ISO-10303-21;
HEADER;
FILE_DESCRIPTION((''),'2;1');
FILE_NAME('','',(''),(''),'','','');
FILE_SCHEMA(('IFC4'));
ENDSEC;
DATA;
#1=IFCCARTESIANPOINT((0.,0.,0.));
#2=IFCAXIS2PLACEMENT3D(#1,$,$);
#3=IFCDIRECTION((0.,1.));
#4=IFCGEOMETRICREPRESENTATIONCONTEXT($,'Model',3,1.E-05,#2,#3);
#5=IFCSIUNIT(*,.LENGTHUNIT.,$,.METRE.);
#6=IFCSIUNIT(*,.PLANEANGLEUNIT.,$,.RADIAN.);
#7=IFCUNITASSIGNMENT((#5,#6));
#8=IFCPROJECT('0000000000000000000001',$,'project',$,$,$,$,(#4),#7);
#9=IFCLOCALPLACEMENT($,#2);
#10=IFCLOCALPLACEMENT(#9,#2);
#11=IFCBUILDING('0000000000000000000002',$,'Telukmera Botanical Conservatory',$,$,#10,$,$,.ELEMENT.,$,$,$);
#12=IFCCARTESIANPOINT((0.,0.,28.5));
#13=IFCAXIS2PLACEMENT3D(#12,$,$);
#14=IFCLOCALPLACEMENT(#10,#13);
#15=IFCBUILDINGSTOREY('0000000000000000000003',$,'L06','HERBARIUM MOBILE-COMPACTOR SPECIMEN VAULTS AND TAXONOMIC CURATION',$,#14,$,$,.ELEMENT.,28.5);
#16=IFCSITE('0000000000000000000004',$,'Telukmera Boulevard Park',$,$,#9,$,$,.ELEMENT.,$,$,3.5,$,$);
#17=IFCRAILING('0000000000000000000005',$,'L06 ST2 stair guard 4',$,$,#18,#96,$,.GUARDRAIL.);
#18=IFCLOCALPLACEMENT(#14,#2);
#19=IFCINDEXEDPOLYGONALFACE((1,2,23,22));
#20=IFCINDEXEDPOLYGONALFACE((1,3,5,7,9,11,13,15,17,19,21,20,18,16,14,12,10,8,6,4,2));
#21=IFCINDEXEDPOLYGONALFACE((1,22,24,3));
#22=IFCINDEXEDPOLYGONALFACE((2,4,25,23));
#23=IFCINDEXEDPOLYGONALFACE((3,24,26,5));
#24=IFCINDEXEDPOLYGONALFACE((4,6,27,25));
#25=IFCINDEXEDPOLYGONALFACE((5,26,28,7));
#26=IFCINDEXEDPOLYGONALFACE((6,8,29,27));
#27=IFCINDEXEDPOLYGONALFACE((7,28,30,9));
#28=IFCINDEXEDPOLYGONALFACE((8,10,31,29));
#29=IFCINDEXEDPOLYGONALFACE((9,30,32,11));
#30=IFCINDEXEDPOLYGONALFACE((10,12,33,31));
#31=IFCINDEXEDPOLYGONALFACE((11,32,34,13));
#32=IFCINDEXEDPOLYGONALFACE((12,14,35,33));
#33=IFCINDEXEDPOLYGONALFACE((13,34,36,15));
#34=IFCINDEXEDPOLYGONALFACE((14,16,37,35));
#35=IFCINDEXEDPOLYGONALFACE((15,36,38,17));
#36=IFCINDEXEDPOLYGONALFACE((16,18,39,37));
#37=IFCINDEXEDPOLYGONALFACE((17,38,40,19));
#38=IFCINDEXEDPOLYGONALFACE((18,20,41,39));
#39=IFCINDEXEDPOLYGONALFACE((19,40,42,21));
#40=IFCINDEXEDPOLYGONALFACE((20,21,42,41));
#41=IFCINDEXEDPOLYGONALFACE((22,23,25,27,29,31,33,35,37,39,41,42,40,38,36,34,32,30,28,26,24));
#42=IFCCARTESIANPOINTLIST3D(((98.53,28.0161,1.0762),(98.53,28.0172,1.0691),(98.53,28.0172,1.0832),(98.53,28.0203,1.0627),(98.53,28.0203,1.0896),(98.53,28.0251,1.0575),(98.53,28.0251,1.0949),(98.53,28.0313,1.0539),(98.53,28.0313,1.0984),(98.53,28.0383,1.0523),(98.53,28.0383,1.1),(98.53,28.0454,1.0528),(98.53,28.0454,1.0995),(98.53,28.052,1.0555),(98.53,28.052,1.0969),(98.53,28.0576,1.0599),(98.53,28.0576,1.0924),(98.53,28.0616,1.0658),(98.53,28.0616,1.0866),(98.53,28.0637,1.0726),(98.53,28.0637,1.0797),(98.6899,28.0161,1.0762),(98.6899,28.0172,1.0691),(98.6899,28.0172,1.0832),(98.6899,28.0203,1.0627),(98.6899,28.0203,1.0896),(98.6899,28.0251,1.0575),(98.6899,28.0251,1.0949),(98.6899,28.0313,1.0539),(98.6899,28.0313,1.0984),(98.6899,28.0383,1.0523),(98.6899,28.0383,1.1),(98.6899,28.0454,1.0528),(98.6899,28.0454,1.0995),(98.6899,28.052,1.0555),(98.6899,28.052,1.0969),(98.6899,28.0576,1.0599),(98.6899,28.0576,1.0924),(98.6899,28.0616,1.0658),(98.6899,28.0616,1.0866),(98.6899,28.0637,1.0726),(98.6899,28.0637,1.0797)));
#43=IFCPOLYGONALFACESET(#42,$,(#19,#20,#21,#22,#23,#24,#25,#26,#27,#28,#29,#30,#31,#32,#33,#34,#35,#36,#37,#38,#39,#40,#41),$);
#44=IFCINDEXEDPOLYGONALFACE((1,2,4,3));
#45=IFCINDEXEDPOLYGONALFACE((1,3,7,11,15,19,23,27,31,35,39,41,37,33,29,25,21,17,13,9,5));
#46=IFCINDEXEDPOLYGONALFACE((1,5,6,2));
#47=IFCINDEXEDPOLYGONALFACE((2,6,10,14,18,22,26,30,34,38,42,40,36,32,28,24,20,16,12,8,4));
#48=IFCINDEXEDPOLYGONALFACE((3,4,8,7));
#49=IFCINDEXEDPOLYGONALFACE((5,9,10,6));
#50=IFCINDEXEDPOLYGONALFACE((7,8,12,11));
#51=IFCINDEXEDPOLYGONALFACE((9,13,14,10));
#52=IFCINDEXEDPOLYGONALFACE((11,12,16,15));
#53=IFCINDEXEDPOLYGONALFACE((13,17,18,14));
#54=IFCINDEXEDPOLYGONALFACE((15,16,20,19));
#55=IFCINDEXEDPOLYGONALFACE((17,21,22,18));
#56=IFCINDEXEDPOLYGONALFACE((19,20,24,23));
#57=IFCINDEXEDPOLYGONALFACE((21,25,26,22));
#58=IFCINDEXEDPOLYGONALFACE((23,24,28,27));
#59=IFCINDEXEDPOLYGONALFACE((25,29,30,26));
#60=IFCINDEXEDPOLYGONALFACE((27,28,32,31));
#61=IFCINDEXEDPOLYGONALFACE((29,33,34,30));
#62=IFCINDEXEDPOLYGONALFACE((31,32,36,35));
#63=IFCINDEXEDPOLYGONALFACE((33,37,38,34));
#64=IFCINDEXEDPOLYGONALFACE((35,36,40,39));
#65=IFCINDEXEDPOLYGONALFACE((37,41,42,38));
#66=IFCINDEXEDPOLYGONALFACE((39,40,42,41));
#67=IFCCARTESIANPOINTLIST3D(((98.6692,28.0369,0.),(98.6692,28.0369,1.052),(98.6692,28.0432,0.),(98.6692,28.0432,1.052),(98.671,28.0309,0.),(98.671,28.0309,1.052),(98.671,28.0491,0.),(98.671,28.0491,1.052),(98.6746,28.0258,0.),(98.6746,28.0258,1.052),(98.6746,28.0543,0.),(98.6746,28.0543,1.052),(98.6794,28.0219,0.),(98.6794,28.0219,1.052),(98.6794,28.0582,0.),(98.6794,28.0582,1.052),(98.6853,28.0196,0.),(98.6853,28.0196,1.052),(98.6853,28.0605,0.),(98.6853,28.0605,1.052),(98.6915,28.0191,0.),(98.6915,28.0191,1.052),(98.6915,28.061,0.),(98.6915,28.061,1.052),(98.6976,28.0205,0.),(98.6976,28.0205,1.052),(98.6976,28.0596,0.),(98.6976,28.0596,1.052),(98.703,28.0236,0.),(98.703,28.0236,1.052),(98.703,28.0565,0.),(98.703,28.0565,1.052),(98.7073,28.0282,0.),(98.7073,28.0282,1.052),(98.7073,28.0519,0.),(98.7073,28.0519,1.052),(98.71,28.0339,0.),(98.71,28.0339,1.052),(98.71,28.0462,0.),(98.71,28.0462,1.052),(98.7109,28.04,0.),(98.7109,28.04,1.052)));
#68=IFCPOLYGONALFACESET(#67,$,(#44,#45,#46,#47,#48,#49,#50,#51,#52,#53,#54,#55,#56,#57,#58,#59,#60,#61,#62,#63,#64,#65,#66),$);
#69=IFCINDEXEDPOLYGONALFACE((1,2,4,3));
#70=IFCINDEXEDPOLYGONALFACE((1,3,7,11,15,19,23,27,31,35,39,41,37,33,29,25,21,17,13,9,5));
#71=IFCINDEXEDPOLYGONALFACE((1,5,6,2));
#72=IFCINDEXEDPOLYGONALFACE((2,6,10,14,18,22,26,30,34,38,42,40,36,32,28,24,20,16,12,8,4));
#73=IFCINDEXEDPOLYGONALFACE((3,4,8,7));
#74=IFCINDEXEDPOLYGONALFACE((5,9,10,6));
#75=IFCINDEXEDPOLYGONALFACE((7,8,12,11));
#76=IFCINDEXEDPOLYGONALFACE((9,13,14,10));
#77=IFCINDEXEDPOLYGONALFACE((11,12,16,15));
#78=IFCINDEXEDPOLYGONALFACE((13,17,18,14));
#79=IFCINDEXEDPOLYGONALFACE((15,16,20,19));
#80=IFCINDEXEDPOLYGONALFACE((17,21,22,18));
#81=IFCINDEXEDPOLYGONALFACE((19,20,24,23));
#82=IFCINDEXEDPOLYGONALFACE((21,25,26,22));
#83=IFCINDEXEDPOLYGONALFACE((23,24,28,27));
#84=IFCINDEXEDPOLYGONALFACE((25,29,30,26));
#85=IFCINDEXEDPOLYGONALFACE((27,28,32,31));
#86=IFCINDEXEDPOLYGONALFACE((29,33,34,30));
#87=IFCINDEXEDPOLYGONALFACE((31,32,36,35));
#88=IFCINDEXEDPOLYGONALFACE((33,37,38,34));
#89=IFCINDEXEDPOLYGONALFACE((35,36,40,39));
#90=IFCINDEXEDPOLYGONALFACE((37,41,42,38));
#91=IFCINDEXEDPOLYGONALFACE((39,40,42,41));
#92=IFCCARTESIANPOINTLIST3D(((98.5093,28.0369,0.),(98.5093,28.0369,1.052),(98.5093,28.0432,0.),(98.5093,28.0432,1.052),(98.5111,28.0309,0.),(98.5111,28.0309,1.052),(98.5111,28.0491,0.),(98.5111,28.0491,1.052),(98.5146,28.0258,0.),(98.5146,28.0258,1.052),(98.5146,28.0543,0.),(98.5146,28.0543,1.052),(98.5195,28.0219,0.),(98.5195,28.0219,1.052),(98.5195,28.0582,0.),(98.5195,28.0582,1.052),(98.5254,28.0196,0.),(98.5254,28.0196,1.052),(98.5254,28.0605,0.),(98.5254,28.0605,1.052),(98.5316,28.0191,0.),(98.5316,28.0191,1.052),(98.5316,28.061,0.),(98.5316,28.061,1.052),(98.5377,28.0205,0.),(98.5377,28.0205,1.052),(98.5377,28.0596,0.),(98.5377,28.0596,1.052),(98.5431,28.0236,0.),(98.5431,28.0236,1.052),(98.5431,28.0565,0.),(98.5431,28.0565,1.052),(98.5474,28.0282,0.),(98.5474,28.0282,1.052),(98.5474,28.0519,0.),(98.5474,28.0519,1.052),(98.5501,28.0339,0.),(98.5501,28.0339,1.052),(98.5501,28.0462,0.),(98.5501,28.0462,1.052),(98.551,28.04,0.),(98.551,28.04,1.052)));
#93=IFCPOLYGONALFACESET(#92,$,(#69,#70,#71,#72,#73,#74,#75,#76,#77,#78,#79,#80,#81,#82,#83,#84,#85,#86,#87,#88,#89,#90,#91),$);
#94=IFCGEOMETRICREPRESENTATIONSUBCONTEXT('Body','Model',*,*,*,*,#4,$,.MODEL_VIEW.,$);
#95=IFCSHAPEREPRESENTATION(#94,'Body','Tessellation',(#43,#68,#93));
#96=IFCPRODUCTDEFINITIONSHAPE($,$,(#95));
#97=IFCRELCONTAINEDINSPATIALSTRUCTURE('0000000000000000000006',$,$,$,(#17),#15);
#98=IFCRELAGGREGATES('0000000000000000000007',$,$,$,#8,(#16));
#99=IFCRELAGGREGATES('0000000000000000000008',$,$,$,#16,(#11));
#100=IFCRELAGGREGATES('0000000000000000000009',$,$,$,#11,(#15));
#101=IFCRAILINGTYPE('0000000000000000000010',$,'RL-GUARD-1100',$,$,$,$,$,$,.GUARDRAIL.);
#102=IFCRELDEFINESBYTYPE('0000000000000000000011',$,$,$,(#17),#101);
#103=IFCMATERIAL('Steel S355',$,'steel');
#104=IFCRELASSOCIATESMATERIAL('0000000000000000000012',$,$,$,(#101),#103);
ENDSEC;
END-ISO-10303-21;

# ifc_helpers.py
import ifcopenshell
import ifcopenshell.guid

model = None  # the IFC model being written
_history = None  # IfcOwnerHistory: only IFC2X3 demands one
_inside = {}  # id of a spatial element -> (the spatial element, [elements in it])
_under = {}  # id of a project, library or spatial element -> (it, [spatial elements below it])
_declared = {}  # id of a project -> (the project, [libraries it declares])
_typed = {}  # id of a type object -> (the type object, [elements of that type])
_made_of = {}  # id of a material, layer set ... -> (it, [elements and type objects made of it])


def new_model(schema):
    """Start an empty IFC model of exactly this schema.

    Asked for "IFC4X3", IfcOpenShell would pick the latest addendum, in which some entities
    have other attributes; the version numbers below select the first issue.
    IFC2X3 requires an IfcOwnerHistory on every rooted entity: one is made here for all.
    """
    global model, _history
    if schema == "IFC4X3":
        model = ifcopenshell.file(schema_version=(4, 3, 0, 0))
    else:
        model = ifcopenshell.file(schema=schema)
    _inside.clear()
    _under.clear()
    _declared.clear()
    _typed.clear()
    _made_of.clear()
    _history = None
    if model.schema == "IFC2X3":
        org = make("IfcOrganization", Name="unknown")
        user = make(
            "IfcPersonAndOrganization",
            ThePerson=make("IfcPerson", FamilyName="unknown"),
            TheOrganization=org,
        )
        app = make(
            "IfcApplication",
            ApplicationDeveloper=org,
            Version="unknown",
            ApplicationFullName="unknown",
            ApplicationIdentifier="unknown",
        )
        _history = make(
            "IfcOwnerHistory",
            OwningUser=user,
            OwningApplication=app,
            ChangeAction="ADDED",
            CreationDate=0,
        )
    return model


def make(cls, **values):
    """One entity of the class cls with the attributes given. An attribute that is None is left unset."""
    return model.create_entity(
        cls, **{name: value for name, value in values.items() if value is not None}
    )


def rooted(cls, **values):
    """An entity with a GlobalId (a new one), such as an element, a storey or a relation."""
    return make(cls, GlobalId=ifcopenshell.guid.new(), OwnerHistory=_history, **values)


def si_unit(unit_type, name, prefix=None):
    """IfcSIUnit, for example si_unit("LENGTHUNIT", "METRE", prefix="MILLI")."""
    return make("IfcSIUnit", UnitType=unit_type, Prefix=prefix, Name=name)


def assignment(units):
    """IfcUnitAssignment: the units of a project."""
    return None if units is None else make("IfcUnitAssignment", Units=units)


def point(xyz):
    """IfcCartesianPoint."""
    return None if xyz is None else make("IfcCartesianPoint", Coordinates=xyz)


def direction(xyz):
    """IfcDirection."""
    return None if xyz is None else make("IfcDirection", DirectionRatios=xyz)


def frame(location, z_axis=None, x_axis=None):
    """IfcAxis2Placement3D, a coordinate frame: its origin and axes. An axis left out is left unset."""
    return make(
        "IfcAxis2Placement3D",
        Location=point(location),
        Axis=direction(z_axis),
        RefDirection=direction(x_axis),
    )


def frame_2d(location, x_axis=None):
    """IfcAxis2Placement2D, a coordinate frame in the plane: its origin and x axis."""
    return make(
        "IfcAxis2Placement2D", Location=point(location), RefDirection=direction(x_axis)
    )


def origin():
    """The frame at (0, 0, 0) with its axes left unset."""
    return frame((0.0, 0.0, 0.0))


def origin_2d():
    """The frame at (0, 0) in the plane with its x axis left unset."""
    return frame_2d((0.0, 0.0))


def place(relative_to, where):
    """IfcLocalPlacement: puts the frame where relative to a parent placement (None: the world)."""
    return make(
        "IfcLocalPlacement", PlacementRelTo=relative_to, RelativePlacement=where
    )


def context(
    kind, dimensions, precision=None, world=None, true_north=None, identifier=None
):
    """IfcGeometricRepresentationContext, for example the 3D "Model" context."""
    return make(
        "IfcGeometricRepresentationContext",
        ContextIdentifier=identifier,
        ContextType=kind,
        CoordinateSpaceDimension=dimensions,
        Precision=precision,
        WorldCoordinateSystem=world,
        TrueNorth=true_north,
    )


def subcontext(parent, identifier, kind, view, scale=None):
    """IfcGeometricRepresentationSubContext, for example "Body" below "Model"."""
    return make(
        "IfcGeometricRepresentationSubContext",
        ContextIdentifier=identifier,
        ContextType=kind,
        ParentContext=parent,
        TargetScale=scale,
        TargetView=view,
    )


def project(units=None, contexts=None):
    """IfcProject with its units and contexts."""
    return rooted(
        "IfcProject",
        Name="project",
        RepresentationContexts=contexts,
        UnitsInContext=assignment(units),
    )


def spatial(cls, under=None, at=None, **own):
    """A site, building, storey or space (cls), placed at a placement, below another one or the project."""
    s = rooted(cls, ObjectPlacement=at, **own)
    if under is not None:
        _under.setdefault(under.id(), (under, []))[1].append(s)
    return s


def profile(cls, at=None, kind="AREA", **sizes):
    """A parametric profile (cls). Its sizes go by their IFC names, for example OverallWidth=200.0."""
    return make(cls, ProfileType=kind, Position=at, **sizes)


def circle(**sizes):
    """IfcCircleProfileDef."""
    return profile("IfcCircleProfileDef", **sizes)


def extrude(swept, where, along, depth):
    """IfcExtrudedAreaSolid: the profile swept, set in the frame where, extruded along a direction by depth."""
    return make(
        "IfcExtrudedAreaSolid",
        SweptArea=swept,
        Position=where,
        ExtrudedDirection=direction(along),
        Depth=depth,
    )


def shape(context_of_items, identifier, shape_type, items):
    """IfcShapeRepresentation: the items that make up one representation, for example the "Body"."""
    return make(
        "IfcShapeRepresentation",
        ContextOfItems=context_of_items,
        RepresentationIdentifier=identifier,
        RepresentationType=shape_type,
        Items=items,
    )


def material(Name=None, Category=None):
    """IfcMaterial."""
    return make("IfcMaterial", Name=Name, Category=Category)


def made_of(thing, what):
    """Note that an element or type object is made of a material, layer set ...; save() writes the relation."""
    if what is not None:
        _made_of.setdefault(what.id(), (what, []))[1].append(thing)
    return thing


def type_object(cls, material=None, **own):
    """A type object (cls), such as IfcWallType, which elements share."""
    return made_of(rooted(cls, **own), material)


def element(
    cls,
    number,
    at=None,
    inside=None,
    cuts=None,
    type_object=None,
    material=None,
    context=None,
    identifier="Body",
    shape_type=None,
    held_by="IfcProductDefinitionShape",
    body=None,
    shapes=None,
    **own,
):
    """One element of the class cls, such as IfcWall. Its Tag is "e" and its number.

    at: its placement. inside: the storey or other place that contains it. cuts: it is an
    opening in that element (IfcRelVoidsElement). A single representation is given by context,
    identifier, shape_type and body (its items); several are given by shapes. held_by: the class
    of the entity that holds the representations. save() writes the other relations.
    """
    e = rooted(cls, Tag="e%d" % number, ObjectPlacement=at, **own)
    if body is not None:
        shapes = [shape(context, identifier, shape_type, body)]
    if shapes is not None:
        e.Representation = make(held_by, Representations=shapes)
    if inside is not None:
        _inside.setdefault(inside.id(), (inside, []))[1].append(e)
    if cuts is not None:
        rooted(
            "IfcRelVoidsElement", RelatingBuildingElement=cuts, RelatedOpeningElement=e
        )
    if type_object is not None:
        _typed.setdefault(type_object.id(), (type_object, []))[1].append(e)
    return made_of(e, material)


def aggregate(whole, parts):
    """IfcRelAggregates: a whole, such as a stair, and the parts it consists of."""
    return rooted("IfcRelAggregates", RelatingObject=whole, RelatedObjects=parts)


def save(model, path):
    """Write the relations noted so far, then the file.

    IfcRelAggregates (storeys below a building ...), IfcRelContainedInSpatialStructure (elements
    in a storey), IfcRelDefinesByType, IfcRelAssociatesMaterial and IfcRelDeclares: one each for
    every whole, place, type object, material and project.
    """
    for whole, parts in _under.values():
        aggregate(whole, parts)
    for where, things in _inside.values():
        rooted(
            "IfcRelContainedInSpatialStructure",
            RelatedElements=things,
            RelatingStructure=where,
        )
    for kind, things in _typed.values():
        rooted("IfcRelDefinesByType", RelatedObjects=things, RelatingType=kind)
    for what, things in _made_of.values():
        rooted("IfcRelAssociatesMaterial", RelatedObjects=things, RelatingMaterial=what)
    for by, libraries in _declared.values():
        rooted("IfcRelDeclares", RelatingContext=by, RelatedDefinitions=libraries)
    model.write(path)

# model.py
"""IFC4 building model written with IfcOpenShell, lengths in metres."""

from ifc_helpers import new_model, si_unit, direction, frame, origin, origin_2d, place, context, subcontext, project, spatial, circle, extrude, material, type_object, element, save


model = new_model("IFC4")

# Units and contexts
model_context = context("Model", 3, precision=1e-05, world=origin(), true_north=direction((0.0, 1.0)))
body_context = subcontext(model_context, "Body", "Model", "MODEL_VIEW")
ifc_project = project(units=[si_unit("LENGTHUNIT", "METRE"), si_unit("PLANEANGLEUNIT", "RADIAN")], contexts=[model_context])

# Site, building, storey
site_placement = place(None, origin())
site = spatial("IfcSite", under=ifc_project, at=site_placement, Name="Telukmera Boulevard Park", CompositionType="ELEMENT", RefElevation=3.5)
building_placement = place(site_placement, origin())
building = spatial("IfcBuilding", under=site, at=building_placement, Name="Telukmera Botanical Conservatory", CompositionType="ELEMENT")
storey_placement = place(building_placement, frame((0.0, 0.0, 28.5)))
storey = spatial("IfcBuildingStorey", under=building, at=storey_placement, Name="L06", Description="HERBARIUM MOBILE-COMPACTOR SPECIMEN VAULTS AND TAXONOMIC CURATION", CompositionType="ELEMENT", Elevation=28.5)

# Railing
ifc_material_1 = material(Name="Steel S355", Category="steel")
railing_type_1 = type_object("IfcRailingType", Name="RL-GUARD-1100", PredefinedType="GUARDRAIL", material=ifc_material_1)
railing_1_placement = place(storey_placement, frame((98.6899, 28.04, 0.0)))
element("IfcRailing", 1, at=railing_1_placement, inside=storey, type_object=railing_type_1, Name="L06 ST2 stair guard 4", PredefinedType="GUARDRAIL", context=body_context, shape_type="SweptSolid", body=[
    extrude(circle(Radius=0.0239, at=origin_2d()), frame((0.0, 0.0, 1.0762), z_axis=(-1.0, 0.0, 0.0), x_axis=(0.0, -1.0, 0.0)), (0.0, 0.0, 1.0), 0.1599),
    extrude(circle(Radius=0.021, at=origin_2d()), origin(), (0.0, 0.0, 1.0), 1.052),
    extrude(circle(Radius=0.021, at=origin_2d()), frame((-0.1599, 0.0, 0.0)), (0.0, 0.0, 1.0), 1.052),
])

save(model, "model.ifc")
